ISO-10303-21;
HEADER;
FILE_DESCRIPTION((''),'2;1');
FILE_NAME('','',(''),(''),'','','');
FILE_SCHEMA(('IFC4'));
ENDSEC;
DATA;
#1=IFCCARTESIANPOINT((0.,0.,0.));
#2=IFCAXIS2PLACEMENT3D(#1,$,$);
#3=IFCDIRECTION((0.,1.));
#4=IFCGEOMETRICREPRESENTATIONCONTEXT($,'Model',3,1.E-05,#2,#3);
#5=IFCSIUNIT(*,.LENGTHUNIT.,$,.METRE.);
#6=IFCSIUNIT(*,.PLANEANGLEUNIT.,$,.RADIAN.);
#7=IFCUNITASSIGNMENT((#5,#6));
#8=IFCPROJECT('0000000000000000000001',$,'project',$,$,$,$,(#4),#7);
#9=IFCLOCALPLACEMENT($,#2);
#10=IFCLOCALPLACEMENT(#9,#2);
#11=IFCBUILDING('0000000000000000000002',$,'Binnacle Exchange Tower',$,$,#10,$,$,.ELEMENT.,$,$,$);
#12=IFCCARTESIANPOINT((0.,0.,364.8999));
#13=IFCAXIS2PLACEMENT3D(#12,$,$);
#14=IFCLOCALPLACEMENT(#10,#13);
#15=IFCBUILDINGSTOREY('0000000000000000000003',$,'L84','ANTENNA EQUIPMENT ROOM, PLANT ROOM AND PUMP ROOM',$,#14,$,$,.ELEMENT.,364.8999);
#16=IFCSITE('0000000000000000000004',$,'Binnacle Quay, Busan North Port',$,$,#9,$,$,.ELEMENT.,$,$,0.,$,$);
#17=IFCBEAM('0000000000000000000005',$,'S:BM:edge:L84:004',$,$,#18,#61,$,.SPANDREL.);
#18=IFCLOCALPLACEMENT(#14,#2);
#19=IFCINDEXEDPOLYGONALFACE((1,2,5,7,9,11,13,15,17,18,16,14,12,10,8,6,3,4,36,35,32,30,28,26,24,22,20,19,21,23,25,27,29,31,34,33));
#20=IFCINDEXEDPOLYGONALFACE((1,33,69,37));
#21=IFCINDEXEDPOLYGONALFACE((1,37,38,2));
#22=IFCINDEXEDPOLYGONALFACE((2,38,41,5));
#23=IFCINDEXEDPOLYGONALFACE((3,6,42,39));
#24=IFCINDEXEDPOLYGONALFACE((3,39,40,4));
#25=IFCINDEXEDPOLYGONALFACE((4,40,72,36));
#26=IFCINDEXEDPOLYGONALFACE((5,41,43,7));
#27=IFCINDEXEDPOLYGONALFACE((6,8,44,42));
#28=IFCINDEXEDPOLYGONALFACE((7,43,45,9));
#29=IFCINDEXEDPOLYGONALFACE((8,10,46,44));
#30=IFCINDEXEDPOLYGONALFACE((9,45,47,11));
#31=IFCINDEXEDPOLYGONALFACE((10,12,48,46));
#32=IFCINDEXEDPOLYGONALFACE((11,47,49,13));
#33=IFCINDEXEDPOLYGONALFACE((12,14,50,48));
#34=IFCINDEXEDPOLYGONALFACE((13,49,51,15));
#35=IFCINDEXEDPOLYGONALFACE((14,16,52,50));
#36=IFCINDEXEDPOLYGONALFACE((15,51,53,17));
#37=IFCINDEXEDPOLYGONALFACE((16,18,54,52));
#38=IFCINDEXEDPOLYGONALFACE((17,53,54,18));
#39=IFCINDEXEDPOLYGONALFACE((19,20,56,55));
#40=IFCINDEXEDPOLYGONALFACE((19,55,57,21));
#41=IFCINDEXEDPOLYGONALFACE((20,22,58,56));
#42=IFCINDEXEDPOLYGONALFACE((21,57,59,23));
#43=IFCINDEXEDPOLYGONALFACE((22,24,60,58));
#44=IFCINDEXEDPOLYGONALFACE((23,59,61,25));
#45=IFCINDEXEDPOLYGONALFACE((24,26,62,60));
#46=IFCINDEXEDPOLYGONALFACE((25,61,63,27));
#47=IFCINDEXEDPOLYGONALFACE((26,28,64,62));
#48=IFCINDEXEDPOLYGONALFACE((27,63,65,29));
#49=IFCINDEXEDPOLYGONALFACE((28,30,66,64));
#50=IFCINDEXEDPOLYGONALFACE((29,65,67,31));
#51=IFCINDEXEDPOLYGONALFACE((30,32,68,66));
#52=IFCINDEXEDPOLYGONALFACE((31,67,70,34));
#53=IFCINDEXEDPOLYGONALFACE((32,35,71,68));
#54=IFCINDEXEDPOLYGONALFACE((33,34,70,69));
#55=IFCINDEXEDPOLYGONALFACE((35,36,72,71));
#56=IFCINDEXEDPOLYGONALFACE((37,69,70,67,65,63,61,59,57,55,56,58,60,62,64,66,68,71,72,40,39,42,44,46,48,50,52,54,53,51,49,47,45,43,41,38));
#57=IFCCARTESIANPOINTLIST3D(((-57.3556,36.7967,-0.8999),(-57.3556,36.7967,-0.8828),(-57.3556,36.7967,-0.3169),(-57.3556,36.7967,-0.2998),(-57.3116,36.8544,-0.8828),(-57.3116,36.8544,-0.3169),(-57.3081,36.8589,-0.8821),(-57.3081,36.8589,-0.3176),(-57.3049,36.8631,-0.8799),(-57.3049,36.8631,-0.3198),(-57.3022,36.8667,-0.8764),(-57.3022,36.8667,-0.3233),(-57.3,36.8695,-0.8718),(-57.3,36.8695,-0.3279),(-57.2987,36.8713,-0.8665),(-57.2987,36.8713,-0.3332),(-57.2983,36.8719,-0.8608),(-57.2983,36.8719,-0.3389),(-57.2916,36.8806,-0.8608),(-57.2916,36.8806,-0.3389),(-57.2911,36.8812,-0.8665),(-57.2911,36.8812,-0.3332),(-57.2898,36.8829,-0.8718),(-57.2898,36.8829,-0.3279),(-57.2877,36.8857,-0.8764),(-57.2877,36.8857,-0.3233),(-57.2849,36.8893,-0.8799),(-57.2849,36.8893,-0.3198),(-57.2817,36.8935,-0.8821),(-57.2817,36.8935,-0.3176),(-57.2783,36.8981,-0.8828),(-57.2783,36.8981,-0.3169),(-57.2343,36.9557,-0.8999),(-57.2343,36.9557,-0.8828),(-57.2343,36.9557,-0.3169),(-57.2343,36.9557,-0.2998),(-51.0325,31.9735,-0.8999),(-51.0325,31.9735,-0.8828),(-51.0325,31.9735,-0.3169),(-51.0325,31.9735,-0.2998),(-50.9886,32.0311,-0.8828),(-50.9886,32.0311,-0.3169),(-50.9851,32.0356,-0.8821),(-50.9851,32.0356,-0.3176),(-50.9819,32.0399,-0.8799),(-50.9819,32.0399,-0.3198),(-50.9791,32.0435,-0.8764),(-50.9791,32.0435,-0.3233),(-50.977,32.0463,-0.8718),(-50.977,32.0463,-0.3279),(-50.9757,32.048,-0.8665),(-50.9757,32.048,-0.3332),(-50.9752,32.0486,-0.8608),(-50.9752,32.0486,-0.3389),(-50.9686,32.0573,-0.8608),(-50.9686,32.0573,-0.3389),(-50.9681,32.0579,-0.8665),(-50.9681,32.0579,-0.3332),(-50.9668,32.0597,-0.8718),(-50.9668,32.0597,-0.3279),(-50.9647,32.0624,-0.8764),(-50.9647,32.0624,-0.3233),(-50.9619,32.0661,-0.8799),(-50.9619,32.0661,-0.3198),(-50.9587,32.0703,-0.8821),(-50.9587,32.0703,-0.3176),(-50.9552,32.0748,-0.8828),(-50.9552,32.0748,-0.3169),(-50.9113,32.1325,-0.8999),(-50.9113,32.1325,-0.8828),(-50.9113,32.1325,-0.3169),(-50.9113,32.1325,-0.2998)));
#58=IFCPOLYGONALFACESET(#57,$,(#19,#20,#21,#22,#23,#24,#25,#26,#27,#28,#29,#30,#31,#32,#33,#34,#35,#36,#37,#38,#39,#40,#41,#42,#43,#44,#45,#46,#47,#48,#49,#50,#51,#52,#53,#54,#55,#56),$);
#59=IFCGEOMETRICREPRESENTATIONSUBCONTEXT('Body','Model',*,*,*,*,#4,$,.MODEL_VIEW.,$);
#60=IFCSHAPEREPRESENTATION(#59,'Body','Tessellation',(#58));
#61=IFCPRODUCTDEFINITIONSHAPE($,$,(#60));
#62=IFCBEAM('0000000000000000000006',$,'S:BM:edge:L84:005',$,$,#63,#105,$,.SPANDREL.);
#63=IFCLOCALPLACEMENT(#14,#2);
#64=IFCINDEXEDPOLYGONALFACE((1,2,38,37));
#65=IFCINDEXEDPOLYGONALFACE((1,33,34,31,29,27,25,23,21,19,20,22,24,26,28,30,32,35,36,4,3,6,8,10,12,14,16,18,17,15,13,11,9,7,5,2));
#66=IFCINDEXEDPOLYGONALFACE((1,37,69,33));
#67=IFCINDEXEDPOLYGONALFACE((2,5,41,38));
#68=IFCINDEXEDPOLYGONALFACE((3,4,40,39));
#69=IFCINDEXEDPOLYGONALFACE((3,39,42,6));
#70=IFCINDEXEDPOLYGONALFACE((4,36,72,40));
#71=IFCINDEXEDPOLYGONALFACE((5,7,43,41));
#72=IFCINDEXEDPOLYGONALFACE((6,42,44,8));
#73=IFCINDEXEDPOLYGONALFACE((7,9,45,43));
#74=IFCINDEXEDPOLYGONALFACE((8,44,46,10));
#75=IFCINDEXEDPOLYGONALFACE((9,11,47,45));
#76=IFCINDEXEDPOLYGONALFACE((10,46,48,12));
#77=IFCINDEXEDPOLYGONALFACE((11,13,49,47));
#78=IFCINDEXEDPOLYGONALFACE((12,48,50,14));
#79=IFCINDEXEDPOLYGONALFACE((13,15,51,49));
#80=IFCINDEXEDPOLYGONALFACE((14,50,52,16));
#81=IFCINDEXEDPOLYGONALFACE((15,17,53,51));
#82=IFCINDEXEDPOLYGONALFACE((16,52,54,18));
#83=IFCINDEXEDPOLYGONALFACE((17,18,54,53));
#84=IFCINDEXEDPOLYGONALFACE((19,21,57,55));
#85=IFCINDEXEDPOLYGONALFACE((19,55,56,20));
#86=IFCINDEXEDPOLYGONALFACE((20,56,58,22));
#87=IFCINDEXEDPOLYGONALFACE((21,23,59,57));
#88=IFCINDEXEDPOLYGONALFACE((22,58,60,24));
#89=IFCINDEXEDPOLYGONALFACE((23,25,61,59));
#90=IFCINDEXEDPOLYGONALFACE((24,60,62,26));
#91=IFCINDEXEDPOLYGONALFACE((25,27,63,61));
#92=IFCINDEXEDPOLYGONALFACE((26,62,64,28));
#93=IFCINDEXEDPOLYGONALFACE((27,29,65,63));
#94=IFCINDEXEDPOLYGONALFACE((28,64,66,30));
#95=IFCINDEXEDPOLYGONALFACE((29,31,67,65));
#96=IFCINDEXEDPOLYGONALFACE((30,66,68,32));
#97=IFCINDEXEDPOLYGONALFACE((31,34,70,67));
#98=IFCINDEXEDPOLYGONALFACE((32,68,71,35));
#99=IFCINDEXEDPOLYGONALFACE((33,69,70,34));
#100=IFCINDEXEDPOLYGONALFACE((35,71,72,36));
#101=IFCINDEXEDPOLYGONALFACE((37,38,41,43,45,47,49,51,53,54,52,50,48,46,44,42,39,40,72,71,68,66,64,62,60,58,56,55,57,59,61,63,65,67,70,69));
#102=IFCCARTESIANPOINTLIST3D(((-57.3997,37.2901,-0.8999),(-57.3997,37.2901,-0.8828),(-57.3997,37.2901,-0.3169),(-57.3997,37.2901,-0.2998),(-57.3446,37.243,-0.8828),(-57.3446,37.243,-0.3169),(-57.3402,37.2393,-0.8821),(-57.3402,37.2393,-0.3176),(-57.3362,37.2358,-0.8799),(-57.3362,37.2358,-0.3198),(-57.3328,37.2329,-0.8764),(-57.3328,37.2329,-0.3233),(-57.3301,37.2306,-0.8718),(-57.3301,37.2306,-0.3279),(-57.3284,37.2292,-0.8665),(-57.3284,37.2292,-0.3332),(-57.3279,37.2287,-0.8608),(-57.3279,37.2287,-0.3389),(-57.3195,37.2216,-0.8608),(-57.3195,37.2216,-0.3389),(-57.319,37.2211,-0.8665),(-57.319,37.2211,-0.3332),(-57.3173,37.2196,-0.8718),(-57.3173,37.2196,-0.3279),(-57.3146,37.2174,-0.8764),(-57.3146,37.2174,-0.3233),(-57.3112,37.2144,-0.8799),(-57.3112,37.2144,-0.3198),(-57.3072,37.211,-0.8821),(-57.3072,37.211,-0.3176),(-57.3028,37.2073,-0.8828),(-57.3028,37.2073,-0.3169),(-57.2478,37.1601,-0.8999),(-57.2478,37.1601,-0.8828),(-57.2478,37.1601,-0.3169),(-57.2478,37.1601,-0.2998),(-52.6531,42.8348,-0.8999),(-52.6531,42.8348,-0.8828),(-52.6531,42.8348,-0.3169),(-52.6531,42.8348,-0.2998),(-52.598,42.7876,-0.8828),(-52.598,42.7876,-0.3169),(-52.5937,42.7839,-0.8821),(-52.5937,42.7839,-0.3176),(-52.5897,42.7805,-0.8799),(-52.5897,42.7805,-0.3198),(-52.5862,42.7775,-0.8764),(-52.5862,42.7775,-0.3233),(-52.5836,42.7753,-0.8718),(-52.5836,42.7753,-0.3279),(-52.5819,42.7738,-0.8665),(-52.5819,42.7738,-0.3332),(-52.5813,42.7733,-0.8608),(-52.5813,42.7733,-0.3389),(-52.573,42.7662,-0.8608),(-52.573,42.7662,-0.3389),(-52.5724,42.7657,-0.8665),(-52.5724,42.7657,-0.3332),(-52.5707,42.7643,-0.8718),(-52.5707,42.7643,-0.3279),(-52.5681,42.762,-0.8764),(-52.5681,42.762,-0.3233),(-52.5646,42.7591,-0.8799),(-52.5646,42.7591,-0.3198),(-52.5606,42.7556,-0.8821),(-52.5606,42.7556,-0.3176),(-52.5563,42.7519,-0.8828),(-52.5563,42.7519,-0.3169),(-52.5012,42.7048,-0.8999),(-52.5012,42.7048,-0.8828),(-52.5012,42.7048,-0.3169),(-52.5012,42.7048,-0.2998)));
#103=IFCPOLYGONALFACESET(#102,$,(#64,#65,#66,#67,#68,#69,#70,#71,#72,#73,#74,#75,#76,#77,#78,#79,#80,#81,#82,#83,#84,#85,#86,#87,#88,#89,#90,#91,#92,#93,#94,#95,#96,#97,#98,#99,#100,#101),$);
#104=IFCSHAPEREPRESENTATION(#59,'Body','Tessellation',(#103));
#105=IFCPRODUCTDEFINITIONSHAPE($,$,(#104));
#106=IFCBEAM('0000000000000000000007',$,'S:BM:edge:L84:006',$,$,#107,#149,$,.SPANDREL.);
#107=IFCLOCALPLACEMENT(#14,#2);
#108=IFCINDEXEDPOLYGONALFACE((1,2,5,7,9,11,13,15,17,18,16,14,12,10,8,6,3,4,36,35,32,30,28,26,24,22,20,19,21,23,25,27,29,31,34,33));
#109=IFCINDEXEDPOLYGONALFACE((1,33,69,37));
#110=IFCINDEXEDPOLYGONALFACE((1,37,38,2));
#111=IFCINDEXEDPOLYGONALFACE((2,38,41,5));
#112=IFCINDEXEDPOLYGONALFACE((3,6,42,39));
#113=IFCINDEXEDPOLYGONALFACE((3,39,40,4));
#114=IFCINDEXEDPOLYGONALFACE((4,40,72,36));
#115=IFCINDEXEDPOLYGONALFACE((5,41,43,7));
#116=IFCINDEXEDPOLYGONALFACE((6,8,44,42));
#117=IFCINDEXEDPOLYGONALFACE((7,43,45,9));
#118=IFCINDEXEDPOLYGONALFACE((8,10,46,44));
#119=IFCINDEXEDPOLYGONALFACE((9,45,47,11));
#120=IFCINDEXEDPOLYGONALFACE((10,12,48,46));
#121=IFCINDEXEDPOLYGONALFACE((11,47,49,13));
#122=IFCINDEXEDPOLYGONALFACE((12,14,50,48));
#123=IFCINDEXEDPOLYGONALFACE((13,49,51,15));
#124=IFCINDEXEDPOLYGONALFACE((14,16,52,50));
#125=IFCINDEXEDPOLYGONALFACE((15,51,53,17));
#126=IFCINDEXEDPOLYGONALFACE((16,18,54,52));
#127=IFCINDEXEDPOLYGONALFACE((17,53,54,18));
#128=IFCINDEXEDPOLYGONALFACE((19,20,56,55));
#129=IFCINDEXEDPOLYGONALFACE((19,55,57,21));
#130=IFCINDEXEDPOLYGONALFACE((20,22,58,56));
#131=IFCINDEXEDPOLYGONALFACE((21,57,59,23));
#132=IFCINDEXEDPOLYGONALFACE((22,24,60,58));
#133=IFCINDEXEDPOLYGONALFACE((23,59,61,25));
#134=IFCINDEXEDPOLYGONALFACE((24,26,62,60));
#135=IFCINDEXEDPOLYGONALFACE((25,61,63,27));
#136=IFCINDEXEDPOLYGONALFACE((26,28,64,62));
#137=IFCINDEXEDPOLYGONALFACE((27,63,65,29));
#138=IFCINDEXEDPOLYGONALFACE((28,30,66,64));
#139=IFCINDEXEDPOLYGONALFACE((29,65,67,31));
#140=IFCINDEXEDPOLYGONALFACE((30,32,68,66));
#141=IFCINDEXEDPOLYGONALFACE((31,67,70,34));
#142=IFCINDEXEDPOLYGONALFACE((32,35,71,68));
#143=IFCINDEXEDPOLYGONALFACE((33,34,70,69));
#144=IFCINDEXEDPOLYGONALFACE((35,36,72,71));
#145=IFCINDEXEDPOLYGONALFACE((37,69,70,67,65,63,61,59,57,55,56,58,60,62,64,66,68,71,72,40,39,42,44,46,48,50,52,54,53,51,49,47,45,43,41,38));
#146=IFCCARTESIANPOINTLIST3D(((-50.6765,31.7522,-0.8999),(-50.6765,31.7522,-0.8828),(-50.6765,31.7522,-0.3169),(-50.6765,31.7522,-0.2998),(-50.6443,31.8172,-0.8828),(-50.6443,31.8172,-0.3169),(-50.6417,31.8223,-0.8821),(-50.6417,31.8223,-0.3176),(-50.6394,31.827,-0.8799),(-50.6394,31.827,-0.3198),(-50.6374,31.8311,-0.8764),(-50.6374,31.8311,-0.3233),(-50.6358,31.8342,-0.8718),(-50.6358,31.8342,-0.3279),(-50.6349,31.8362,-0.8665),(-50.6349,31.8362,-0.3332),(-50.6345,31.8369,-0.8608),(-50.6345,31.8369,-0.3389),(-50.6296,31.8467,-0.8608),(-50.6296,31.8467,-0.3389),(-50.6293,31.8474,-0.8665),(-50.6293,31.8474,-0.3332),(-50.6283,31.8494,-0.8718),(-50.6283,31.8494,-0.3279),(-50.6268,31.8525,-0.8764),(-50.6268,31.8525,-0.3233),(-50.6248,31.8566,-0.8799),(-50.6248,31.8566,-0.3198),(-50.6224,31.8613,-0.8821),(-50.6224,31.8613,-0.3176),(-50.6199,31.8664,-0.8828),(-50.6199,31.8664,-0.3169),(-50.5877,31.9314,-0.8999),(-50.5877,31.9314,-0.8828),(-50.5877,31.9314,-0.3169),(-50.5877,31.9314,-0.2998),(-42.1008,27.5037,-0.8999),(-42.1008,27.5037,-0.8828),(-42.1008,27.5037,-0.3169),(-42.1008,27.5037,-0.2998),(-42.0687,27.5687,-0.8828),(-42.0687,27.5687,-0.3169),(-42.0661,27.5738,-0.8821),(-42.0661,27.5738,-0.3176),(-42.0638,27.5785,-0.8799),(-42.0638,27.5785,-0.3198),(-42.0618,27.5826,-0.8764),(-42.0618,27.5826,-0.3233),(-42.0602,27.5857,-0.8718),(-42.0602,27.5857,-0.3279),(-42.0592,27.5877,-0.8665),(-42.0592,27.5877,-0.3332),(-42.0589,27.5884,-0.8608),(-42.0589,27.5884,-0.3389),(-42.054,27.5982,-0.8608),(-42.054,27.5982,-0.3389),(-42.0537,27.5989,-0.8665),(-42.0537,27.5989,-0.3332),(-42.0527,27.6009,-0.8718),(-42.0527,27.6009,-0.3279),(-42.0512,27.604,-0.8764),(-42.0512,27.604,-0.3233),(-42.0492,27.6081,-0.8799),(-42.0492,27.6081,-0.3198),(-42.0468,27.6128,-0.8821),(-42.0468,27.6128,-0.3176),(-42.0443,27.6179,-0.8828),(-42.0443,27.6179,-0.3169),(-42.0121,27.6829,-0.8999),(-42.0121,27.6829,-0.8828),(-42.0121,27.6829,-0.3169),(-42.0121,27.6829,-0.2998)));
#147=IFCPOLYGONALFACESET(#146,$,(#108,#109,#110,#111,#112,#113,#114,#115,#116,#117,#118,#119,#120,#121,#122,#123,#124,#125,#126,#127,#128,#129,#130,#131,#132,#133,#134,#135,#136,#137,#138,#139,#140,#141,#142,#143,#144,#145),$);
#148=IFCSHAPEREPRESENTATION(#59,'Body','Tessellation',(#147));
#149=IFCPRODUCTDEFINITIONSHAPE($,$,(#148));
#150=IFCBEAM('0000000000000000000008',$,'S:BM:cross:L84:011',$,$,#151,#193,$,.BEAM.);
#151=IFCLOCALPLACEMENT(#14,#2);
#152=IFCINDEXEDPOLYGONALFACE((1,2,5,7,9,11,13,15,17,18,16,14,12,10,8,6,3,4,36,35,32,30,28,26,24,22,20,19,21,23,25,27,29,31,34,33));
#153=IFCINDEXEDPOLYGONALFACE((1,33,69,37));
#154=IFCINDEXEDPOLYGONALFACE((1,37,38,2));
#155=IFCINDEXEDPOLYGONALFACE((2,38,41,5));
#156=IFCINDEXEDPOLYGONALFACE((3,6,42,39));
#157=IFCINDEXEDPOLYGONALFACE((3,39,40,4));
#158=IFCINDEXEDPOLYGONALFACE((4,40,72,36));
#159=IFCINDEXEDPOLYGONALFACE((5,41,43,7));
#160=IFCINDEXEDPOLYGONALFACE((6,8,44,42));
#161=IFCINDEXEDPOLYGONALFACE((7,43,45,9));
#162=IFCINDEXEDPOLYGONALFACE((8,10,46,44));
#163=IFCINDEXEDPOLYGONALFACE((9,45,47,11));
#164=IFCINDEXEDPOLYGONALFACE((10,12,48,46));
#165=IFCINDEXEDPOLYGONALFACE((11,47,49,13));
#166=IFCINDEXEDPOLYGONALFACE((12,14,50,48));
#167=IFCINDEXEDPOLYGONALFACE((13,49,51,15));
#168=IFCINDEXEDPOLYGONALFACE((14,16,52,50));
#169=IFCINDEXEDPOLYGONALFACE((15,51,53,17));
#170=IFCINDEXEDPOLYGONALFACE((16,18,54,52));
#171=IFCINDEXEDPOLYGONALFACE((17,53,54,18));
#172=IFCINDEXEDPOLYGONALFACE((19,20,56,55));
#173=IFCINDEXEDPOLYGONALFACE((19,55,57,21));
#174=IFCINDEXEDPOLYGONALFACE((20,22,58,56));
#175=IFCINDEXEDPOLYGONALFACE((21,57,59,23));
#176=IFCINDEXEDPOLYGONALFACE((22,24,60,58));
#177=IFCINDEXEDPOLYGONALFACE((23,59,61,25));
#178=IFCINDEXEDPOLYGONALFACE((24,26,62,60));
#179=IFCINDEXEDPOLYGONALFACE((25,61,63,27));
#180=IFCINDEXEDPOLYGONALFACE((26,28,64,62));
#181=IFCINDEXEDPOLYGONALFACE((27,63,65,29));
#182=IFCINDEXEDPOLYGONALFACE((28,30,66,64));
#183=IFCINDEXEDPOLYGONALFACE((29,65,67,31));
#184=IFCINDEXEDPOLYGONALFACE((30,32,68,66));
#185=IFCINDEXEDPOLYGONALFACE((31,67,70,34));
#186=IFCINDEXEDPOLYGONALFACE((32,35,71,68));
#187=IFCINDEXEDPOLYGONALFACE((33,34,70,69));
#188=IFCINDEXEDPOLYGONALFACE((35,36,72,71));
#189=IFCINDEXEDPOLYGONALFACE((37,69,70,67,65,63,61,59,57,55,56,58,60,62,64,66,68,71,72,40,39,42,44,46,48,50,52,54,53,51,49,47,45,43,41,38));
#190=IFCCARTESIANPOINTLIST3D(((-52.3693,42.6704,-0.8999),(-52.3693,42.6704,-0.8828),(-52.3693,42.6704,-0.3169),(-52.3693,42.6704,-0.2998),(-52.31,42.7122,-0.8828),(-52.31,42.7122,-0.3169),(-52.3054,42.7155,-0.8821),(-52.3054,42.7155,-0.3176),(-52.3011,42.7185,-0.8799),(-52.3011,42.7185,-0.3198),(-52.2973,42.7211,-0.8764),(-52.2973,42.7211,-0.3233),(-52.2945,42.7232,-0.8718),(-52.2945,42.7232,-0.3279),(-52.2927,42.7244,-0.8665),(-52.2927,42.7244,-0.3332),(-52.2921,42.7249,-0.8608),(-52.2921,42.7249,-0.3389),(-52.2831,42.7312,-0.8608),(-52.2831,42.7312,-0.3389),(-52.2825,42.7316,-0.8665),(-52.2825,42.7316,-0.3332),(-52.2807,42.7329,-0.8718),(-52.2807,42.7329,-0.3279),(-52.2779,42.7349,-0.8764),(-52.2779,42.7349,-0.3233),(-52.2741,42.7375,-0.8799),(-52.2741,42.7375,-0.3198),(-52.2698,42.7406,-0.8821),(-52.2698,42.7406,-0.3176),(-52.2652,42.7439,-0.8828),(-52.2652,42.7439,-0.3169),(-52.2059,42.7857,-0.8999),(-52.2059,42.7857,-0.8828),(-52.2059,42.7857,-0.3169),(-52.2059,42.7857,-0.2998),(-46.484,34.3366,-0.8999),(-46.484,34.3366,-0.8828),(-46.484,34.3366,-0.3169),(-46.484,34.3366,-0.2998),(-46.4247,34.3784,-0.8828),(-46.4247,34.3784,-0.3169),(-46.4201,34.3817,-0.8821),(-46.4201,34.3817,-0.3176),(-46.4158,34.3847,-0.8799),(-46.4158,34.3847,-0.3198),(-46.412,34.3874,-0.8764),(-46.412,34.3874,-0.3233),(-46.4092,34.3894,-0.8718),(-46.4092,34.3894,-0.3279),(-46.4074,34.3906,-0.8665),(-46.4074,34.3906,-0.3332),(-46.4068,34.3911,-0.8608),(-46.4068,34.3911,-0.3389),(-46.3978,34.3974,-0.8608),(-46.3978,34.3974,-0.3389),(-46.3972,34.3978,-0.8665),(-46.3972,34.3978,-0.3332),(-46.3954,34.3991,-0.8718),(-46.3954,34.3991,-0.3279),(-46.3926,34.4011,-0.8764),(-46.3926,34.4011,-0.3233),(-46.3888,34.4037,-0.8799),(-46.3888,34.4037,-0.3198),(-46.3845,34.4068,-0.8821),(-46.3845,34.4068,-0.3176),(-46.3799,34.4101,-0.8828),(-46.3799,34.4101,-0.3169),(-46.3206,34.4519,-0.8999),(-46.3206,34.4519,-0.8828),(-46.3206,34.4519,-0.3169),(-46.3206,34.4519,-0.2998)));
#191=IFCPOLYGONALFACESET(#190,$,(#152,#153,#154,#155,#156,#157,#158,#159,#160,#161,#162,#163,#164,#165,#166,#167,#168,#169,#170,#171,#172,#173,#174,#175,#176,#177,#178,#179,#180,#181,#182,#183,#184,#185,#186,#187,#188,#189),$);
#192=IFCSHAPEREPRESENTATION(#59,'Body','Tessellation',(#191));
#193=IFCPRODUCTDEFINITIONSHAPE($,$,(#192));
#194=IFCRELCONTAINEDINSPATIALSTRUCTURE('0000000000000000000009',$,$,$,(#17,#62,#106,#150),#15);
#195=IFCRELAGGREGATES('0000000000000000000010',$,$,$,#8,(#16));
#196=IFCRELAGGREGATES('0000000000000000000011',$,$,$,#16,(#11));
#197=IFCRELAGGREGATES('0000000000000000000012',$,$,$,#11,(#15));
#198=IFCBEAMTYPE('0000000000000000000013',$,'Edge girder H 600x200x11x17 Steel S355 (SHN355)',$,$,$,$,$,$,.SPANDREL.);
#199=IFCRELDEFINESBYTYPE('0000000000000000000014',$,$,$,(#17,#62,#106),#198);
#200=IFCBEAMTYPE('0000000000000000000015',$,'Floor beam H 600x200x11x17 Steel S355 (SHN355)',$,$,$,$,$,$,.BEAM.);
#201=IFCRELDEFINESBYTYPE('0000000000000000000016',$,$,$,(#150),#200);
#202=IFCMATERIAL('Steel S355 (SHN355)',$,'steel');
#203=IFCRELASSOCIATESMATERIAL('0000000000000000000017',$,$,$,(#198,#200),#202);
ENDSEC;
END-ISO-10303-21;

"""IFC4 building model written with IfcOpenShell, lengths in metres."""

from ifc_helpers import new_model, si_unit, direction, frame, origin, origin_2d, place, context, subcontext, project, spatial, i_section, extrude, material, material_profile, profile_set, type_object, element, save


model = new_model("IFC4")

# Units and contexts
model_context = context("Model", 3, precision=1e-05, world=origin(), true_north=direction((0.0, 1.0)))
body_context = subcontext(model_context, "Body", "Model", "MODEL_VIEW")
ifc_project = project(units=[si_unit("LENGTHUNIT", "METRE"), si_unit("PLANEANGLEUNIT", "RADIAN")], contexts=[model_context])

# Site, building, storey
site_placement = place(None, origin())
site = spatial("IfcSite", under=ifc_project, at=site_placement, Name="Binnacle Quay, Busan North Port", CompositionType="ELEMENT", RefElevation=0.0)
building_placement = place(site_placement, origin())
building = spatial("IfcBuilding", under=site, at=building_placement, Name="Binnacle Exchange Tower", CompositionType="ELEMENT")
storey_placement = place(building_placement, frame((0.0, 0.0, 364.8999)))
storey = spatial("IfcBuildingStorey", under=building, at=storey_placement, Name="L84", Description="ANTENNA EQUIPMENT ROOM, PLANT ROOM AND PUMP ROOM", CompositionType="ELEMENT", Elevation=364.8999)

# Shared definitions
ifc_material_1 = material(Name="Steel S355 (SHN355)", Category="steel")

# Beams
ifc_material_profile_1 = material_profile(ifc_material_1, i_section(OverallWidth=0.2, OverallDepth=0.6001, WebThickness=0.011, FlangeThickness=0.0171, FilletRadius=0.022, at=origin_2d()), Name="H 600x200x11x17")
ifc_profile_set_1 = profile_set([ifc_material_profile_1], Name="Steel S355 (SHN355)")
beam_type_1 = type_object("IfcBeamType", Name="Edge girder H 600x200x11x17 Steel S355 (SHN355)", PredefinedType="SPANDREL", material=ifc_profile_set_1)
beam_1_placement = place(storey_placement, frame((-57.2949, 36.8762, -0.5999), z_axis=(0.795085, -0.606498, 0.0), x_axis=(0.606498, 0.795085, 0.0)))
element("IfcBeam", 1, at=beam_1_placement, inside=storey, type_object=beam_type_1, Name="S:BM:edge:L84:004", PredefinedType="SPANDREL", context=body_context, shape_type="SweptSolid", body=[
    extrude(i_section(OverallWidth=0.2, OverallDepth=0.6001, WebThickness=0.011, FlangeThickness=0.0171, FilletRadius=0.022, at=origin_2d()), origin(), (0.0, 0.0, 1.0), 7.9526),
])
beam_2_placement = place(storey_placement, frame((-52.5771, 42.7698, -0.5999), z_axis=(-0.650317, -0.759663, 0.0), x_axis=(0.759663, -0.650317, 0.0)))
element("IfcBeam", 2, at=beam_2_placement, inside=storey, type_object=beam_type_1, Name="S:BM:edge:L84:005", PredefinedType="SPANDREL", context=body_context, shape_type="SweptSolid", body=[
    extrude(i_section(OverallWidth=0.2, OverallDepth=0.6001, WebThickness=0.011, FlangeThickness=0.0171, FilletRadius=0.022, at=origin_2d()), origin(), (0.0, 0.0, 1.0), 7.2988),
])
beam_3_placement = place(storey_placement, frame((-50.6321, 31.8418, -0.5999), z_axis=(0.896064, -0.443925, 0.0), x_axis=(0.443925, 0.896064, 0.0)))
element("IfcBeam", 3, at=beam_3_placement, inside=storey, type_object=beam_type_1, Name="S:BM:edge:L84:006", PredefinedType="SPANDREL", context=body_context, shape_type="SweptSolid", body=[
    extrude(i_section(OverallWidth=0.2, OverallDepth=0.6001, WebThickness=0.011, FlangeThickness=0.0171, FilletRadius=0.022, at=origin_2d()), origin(), (0.0, 0.0, 1.0), 9.5703),
])
ifc_material_profile_2 = material_profile(ifc_material_1, i_section(OverallWidth=0.2, OverallDepth=0.6001, WebThickness=0.011, FlangeThickness=0.0171, FilletRadius=0.022, at=origin_2d()), Name="H 600x200x11x17")
ifc_profile_set_2 = profile_set([ifc_material_profile_2], Name="Steel S355 (SHN355)")
beam_type_2 = type_object("IfcBeamType", Name="Floor beam H 600x200x11x17 Steel S355 (SHN355)", PredefinedType="BEAM", material=ifc_profile_set_2)
beam_4_placement = place(storey_placement, frame((-52.2876, 42.728, -0.5999), z_axis=(0.576854, -0.816847, 0.0), x_axis=(0.816847, 0.576854, 0.0)))
element("IfcBeam", 4, at=beam_4_placement, inside=storey, type_object=beam_type_2, Name="S:BM:cross:L84:011", PredefinedType="BEAM", context=body_context, shape_type="SweptSolid", body=[
    extrude(i_section(OverallWidth=0.2, OverallDepth=0.6001, WebThickness=0.011, FlangeThickness=0.0171, FilletRadius=0.022, at=origin_2d()), origin(), (0.0, 0.0, 1.0), 10.2024),
])

save(model, "model.ifc")
